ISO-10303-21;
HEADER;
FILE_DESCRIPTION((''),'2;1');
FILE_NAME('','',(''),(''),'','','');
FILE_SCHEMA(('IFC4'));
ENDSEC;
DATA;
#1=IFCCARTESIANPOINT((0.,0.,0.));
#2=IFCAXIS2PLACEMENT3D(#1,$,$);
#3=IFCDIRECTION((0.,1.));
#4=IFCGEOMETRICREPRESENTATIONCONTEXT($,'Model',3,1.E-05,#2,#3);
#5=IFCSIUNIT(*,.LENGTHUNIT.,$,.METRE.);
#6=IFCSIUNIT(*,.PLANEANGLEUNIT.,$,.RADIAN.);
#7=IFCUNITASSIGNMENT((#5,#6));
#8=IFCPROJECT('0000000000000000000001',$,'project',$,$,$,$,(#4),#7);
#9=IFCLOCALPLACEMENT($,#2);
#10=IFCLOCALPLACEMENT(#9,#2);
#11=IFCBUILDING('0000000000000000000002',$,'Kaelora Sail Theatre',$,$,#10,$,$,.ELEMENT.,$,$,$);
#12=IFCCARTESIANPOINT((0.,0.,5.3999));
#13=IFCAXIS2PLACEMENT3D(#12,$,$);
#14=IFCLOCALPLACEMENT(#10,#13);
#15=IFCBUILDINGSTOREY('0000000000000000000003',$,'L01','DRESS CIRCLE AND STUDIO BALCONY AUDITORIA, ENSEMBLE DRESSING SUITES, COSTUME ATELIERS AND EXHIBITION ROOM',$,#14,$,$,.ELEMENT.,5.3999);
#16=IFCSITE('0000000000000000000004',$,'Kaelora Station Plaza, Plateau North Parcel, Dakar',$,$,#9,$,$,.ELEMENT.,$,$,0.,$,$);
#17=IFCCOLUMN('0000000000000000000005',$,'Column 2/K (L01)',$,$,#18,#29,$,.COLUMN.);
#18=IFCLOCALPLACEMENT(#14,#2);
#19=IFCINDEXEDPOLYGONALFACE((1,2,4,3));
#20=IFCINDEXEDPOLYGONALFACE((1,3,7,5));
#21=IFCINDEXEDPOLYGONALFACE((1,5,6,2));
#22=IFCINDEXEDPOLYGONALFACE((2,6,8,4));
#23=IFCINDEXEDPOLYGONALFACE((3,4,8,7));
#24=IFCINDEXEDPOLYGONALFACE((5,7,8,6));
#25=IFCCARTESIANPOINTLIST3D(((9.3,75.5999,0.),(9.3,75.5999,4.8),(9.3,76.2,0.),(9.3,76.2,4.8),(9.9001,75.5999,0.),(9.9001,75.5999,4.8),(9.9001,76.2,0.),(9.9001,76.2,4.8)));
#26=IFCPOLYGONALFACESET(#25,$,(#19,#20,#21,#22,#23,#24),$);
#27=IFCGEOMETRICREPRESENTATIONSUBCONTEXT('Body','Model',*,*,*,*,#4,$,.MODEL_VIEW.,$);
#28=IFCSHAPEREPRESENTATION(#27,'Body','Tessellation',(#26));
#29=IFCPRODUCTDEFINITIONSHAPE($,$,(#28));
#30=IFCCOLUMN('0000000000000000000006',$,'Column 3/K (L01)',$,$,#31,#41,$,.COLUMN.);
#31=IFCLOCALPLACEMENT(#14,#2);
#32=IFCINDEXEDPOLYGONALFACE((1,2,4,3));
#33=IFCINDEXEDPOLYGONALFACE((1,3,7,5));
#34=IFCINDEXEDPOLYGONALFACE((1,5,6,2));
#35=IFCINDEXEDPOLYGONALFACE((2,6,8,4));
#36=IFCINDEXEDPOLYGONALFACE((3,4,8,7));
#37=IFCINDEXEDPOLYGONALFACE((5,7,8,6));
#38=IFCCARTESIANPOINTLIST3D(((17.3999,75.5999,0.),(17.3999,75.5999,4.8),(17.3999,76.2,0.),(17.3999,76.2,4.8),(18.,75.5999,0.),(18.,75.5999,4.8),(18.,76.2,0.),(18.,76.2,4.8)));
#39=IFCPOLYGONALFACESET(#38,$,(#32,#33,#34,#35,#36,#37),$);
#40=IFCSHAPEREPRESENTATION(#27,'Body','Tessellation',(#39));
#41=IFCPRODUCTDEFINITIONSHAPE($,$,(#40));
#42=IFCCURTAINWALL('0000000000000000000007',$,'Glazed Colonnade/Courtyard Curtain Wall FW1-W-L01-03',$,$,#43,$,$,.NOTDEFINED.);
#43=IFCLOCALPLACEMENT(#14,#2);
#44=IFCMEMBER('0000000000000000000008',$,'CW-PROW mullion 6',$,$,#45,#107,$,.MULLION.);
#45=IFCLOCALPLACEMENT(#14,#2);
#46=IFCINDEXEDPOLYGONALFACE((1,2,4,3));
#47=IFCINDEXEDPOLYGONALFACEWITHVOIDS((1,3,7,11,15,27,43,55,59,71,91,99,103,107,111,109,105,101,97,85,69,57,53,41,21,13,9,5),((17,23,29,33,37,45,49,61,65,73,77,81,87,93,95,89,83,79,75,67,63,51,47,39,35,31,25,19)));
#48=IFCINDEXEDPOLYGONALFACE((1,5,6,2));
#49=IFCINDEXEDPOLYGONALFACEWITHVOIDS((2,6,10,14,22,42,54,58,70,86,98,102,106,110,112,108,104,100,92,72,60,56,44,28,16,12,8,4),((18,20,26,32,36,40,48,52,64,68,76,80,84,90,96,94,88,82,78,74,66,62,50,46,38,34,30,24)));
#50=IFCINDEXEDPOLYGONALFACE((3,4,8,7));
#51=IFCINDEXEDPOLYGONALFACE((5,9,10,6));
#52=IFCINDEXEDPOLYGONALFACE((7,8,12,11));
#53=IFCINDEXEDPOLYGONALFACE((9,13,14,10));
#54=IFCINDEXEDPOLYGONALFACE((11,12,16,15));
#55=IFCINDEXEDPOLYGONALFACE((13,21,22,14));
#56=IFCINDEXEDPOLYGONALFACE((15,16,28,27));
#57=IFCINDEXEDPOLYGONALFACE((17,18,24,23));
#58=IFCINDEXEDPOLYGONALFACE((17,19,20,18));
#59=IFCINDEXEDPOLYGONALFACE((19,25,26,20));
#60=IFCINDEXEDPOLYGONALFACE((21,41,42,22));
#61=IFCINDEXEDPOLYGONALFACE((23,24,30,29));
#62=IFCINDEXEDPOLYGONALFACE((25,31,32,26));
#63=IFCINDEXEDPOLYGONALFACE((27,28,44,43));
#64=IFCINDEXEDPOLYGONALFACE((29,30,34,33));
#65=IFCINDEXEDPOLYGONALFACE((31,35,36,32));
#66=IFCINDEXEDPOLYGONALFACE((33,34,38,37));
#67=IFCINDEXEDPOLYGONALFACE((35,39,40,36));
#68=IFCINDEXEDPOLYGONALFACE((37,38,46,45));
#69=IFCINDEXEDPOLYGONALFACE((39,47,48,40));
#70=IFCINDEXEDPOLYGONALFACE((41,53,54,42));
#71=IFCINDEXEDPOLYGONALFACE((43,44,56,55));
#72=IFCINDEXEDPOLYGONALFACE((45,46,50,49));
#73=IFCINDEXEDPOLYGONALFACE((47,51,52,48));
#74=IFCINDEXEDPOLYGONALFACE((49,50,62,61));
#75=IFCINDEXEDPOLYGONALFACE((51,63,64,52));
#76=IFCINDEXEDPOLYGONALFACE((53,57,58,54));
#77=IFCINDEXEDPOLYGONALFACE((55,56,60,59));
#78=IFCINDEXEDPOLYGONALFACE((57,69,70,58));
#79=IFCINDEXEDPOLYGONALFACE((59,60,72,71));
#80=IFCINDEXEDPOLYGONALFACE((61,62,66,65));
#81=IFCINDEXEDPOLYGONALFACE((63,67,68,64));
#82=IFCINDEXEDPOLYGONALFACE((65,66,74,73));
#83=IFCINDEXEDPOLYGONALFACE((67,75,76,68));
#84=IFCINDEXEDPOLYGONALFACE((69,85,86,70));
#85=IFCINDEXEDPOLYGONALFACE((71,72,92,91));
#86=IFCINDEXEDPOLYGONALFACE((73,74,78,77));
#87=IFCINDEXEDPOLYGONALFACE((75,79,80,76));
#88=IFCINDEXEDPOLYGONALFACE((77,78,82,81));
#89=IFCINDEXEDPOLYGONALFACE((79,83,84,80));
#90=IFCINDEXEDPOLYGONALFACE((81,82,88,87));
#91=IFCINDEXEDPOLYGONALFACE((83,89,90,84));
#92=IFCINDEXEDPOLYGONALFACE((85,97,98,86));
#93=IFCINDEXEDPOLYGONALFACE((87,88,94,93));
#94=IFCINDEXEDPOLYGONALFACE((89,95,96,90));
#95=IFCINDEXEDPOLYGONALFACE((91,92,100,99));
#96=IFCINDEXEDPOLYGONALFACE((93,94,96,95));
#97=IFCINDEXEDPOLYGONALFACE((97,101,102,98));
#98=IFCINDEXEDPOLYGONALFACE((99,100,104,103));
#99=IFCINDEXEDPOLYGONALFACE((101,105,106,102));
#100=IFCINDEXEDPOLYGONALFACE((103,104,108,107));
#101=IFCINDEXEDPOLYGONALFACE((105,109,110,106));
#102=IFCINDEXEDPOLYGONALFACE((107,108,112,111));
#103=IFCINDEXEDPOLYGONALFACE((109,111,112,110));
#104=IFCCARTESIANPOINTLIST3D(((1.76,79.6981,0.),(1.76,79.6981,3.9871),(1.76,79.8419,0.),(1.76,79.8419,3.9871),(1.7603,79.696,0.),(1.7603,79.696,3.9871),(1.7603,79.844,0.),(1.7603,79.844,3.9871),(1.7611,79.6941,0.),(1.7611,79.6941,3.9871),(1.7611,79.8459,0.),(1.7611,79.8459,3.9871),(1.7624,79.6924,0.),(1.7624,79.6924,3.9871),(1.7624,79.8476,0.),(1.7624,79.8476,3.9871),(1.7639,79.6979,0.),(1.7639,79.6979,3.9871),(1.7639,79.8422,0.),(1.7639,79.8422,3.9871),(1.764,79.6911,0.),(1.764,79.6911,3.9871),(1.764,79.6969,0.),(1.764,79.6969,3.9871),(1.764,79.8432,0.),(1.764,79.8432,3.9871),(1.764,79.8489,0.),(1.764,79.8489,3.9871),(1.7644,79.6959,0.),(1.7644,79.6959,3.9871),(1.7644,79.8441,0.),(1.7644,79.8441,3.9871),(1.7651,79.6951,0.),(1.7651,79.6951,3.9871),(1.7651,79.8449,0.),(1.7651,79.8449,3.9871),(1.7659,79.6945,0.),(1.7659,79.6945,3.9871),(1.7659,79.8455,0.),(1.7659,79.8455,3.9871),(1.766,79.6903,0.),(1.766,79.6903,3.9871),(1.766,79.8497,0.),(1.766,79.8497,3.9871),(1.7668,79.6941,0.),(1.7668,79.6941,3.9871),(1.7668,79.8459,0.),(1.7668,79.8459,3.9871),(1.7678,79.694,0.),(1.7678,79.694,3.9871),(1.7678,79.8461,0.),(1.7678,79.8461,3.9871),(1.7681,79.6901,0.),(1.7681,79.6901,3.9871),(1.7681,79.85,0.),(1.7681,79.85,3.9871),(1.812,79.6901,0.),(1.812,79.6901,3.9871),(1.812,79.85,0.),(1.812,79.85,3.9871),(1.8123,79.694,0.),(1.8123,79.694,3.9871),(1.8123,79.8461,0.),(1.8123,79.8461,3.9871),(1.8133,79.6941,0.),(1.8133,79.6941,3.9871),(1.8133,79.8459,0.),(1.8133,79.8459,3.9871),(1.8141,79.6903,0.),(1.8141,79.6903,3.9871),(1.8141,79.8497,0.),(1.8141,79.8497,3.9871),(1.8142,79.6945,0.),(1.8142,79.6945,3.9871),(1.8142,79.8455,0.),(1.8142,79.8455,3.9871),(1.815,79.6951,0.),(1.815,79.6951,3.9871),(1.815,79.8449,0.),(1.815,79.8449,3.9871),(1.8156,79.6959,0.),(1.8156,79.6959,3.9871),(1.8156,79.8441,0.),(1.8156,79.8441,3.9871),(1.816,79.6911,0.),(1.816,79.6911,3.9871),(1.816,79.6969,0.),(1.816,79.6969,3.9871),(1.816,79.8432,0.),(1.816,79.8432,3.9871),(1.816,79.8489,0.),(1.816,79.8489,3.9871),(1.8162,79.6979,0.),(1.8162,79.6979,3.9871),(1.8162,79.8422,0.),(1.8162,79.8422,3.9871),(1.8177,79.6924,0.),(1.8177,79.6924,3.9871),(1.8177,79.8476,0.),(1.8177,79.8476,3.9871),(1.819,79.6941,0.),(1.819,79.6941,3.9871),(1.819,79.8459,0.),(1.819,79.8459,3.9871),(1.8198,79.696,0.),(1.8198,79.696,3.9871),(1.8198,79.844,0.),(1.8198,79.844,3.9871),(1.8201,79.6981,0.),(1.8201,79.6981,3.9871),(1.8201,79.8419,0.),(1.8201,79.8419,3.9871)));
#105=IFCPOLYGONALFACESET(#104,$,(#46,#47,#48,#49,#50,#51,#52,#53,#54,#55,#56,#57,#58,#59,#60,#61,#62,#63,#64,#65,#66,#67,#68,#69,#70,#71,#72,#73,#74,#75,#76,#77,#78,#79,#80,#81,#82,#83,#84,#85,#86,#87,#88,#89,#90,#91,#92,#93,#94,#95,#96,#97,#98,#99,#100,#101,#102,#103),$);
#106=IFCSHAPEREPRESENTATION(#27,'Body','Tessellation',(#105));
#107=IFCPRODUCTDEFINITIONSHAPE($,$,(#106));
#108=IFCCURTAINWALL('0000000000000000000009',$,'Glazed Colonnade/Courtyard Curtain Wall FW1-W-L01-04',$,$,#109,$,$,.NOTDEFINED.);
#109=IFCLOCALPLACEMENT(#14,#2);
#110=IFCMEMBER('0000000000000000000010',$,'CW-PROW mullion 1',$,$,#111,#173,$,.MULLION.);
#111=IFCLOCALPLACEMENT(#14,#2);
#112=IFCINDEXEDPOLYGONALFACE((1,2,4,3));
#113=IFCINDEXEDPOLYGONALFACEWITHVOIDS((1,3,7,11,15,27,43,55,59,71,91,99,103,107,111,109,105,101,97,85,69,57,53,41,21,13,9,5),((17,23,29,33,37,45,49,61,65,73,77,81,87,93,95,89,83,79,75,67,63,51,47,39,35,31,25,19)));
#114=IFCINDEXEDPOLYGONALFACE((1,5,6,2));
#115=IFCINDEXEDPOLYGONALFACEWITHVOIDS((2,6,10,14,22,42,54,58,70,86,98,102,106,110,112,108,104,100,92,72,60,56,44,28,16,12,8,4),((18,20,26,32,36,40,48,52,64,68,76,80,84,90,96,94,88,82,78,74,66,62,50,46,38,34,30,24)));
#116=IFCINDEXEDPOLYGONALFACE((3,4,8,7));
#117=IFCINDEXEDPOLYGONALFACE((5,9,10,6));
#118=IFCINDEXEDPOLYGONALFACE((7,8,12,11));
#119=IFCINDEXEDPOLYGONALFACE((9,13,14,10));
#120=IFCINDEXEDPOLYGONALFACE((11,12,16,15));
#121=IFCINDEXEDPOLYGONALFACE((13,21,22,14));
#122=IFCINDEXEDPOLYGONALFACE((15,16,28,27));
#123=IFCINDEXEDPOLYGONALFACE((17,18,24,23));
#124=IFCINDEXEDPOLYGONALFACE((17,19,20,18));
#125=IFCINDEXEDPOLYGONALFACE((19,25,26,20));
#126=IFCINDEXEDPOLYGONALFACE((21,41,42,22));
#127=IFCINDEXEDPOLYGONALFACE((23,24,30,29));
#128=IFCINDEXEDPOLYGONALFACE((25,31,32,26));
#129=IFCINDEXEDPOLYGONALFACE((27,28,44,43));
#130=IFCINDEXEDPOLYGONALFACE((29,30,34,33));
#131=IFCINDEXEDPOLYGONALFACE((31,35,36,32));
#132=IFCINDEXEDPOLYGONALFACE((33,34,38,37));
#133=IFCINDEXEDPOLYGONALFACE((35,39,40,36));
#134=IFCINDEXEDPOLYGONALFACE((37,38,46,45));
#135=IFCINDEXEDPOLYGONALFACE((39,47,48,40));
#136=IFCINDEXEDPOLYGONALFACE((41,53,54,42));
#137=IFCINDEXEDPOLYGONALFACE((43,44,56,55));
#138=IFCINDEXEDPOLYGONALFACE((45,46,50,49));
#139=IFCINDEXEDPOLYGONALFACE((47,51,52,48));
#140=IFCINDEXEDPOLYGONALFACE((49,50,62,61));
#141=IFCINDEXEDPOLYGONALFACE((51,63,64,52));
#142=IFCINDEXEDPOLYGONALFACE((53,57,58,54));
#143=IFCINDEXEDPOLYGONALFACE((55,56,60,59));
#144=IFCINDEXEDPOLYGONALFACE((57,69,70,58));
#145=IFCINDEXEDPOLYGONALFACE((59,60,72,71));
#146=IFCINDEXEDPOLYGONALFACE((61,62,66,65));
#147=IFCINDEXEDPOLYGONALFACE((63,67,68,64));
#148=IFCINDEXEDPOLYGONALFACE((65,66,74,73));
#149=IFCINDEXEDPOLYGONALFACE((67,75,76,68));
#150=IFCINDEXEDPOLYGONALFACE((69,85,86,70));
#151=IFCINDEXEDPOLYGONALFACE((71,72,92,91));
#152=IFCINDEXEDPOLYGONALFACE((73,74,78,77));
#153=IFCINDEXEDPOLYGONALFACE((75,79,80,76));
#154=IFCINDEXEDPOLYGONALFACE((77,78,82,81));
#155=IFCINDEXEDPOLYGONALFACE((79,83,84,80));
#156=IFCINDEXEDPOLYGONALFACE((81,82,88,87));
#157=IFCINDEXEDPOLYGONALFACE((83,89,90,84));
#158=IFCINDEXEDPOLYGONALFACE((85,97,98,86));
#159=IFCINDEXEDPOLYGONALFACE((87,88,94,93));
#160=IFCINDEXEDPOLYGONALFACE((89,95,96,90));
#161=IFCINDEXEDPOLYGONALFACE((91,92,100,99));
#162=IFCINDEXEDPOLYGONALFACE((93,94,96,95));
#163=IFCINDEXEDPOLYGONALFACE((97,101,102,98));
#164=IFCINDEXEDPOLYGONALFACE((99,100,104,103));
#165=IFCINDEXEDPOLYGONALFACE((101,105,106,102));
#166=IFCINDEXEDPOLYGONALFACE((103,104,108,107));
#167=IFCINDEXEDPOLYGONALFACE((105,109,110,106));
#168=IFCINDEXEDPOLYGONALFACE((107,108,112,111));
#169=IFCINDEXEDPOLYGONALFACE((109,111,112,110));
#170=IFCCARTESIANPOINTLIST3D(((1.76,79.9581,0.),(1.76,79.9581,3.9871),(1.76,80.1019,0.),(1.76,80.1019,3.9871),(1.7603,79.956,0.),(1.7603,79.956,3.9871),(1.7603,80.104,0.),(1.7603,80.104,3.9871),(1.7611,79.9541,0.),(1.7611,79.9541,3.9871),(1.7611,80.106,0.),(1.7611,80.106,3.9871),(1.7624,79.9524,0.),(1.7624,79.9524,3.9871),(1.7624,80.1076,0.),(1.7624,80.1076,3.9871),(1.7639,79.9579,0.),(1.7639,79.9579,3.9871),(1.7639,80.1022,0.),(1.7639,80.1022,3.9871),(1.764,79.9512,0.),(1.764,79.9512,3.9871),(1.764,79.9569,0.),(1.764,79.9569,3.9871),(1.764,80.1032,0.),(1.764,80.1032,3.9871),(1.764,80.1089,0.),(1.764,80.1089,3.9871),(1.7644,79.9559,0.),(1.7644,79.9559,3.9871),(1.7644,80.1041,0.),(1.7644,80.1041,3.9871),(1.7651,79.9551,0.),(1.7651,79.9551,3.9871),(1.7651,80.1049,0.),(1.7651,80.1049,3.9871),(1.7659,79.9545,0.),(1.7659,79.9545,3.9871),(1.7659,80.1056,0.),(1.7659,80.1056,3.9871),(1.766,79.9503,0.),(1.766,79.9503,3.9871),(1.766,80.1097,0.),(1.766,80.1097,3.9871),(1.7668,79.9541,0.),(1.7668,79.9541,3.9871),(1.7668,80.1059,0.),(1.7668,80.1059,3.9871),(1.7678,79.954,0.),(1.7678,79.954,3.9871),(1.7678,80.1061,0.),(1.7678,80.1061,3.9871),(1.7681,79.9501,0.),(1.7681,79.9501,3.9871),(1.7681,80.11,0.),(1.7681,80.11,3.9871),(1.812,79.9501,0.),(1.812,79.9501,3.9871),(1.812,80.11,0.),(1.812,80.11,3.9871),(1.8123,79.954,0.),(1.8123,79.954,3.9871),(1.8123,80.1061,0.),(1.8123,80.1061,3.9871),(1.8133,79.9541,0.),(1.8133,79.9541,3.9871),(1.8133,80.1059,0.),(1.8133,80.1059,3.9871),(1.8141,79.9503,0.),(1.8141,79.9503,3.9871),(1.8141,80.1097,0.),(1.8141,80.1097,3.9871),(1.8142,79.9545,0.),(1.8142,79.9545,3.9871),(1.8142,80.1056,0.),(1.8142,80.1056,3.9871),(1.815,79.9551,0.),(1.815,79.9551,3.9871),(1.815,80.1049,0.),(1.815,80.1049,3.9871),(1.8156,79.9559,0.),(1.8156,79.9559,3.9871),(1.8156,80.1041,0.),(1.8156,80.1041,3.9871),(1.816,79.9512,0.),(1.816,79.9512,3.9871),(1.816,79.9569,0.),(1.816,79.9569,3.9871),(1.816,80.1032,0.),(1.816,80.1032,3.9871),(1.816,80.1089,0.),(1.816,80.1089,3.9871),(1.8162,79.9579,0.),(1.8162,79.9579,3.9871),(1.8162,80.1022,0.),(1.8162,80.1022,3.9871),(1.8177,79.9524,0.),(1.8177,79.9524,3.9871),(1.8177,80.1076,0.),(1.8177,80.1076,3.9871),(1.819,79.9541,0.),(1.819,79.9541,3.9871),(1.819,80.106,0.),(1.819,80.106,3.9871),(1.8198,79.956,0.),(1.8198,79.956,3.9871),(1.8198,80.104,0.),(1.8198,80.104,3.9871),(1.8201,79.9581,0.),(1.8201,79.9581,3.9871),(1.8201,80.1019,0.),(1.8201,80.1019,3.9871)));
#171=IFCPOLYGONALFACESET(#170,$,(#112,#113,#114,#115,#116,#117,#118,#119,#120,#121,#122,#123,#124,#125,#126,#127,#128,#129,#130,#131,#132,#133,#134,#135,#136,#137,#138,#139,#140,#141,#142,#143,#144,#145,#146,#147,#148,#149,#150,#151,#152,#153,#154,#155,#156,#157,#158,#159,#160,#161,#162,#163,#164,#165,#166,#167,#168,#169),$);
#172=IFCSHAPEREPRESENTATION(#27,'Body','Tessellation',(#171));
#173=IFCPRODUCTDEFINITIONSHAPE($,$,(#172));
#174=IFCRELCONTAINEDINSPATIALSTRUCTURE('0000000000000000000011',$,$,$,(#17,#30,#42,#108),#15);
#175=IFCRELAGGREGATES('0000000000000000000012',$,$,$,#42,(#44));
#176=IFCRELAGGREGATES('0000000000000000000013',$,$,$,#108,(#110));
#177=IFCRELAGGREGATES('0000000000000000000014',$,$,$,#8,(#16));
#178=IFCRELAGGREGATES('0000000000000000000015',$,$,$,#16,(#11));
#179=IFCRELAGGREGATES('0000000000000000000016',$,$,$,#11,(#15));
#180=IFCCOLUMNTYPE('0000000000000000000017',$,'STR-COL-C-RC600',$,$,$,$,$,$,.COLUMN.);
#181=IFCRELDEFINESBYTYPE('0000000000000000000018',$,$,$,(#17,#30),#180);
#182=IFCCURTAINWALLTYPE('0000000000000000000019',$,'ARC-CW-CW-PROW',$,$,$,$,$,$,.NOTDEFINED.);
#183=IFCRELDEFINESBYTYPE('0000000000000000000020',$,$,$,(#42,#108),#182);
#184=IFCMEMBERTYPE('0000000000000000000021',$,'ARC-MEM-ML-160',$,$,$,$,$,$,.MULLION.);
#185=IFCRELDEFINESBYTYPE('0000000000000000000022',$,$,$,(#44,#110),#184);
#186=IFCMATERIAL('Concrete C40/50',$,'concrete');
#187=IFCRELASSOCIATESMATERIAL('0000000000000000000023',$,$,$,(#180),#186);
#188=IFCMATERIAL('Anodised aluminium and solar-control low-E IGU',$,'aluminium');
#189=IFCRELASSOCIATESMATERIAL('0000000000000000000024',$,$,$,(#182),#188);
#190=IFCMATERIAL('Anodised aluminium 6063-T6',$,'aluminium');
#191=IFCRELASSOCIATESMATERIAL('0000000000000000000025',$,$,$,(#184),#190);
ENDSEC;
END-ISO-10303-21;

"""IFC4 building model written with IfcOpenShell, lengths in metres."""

from ifc_helpers import new_model, si_unit, direction, frame, origin, origin_2d, place, context, subcontext, project, spatial, rectangle, hollow_rectangle, extrude, material, material_profile, profile_set, type_object, element, aggregate, save


model = new_model("IFC4")

# Units and contexts
model_context = context("Model", 3, precision=1e-05, world=origin(), true_north=direction((0.0, 1.0)))
body_context = subcontext(model_context, "Body", "Model", "MODEL_VIEW")
ifc_project = project(units=[si_unit("LENGTHUNIT", "METRE"), si_unit("PLANEANGLEUNIT", "RADIAN")], contexts=[model_context])

# Site, building, storey
site_placement = place(None, origin())
site = spatial("IfcSite", under=ifc_project, at=site_placement, Name="Kaelora Station Plaza, Plateau North Parcel, Dakar", CompositionType="ELEMENT", RefElevation=0.0)
building_placement = place(site_placement, origin())
building = spatial("IfcBuilding", under=site, at=building_placement, Name="Kaelora Sail Theatre", CompositionType="ELEMENT")
storey_placement = place(building_placement, frame((0.0, 0.0, 5.3999)))
storey = spatial("IfcBuildingStorey", under=building, at=storey_placement, Name="L01", Description="DRESS CIRCLE AND STUDIO BALCONY AUDITORIA, ENSEMBLE DRESSING SUITES, COSTUME ATELIERS AND EXHIBITION ROOM", CompositionType="ELEMENT", Elevation=5.3999)

# Columns
ifc_material_1 = material(Name="Concrete C40/50", Category="concrete")
ifc_material_profile_1 = material_profile(ifc_material_1, rectangle(XDim=0.6001, YDim=0.6001, at=origin_2d()), Name="RC-COL 600x600")
ifc_profile_set_1 = profile_set([ifc_material_profile_1], Name="Concrete C40/50")
column_type = type_object("IfcColumnType", Name="STR-COL-C-RC600", PredefinedType="COLUMN", material=ifc_profile_set_1)
for number, where, z_axis, x_axis, name in (
    (1, (9.6001, 75.8999, 0.0), (0.0, 0.0, 1.0), (1.0, 0.0, 0.0), "Column 2/K (L01)"),
    (2, (17.7, 75.8999, 0.0), (0.0, 0.0, 1.0), (1.0, 0.0, 0.0), "Column 3/K (L01)"),
):
    element("IfcColumn", number, at=place(storey_placement, frame(where, z_axis=z_axis, x_axis=x_axis)), inside=storey, type_object=column_type, Name=name, PredefinedType="COLUMN", context=body_context, shape_type="SweptSolid", body=[
        extrude(rectangle(XDim=0.6001, YDim=0.6001, at=origin_2d()), origin(), (0.0, 0.0, 1.0), 4.8),
    ])

# Curtain wall, member
ifc_material_2 = material(Name="Anodised aluminium and solar-control low-E IGU", Category="aluminium")
curtain_wall_type = type_object("IfcCurtainWallType", Name="ARC-CW-CW-PROW", PredefinedType="NOTDEFINED", material=ifc_material_2)
curtain_wall_1_placement = place(storey_placement, origin())
curtain_wall_1 = element("IfcCurtainWall", 3, at=curtain_wall_1_placement, inside=storey, type_object=curtain_wall_type, Name="Glazed Colonnade/Courtyard Curtain Wall FW1-W-L01-03", PredefinedType="NOTDEFINED")
ifc_material_3 = material(Name="Anodised aluminium 6063-T6", Category="aluminium")
ifc_material_profile_2 = material_profile(ifc_material_3, hollow_rectangle(XDim=0.0601, YDim=0.1599, WallThickness=0.0039, InnerFilletRadius=0.0039, OuterFilletRadius=0.0081, at=origin_2d()), Name="ALU-MULL 60x160x4")
ifc_profile_set_2 = profile_set([ifc_material_profile_2], Name="Anodised aluminium 6063-T6")
member_type_1 = type_object("IfcMemberType", Name="ARC-MEM-ML-160", PredefinedType="MULLION", material=ifc_profile_set_2)
member_1_placement = place(storey_placement, frame((1.79, 79.77, 0.0), z_axis=(0.0, 0.0, 1.0), x_axis=(-1.0, 0.0, 0.0)))
member_1 = element("IfcMember", 4, at=member_1_placement, type_object=member_type_1, Name="CW-PROW mullion 6", PredefinedType="MULLION", context=body_context, shape_type="SweptSolid", body=[
    extrude(hollow_rectangle(XDim=0.0601, YDim=0.1599, WallThickness=0.0039, InnerFilletRadius=0.0039, OuterFilletRadius=0.0081, at=origin_2d()), origin(), (0.0, 0.0, 1.0), 3.9871),
])

# Curtain wall, member
curtain_wall_2_placement = place(storey_placement, origin())
curtain_wall_2 = element("IfcCurtainWall", 5, at=curtain_wall_2_placement, inside=storey, type_object=curtain_wall_type, Name="Glazed Colonnade/Courtyard Curtain Wall FW1-W-L01-04", PredefinedType="NOTDEFINED")
member_2_placement = place(storey_placement, frame((1.79, 80.03, 0.0), z_axis=(0.0, 0.0, 1.0), x_axis=(-1.0, 0.0, 0.0)))
member_2 = element("IfcMember", 6, at=member_2_placement, type_object=member_type_1, Name="CW-PROW mullion 1", PredefinedType="MULLION", context=body_context, shape_type="SweptSolid", body=[
    extrude(hollow_rectangle(XDim=0.0601, YDim=0.1599, WallThickness=0.0039, InnerFilletRadius=0.0039, OuterFilletRadius=0.0081, at=origin_2d()), origin(), (0.0, 0.0, 1.0), 3.9871),
])

aggregate(curtain_wall_1, [member_1])
aggregate(curtain_wall_2, [member_2])

save(model, "model.ifc")
